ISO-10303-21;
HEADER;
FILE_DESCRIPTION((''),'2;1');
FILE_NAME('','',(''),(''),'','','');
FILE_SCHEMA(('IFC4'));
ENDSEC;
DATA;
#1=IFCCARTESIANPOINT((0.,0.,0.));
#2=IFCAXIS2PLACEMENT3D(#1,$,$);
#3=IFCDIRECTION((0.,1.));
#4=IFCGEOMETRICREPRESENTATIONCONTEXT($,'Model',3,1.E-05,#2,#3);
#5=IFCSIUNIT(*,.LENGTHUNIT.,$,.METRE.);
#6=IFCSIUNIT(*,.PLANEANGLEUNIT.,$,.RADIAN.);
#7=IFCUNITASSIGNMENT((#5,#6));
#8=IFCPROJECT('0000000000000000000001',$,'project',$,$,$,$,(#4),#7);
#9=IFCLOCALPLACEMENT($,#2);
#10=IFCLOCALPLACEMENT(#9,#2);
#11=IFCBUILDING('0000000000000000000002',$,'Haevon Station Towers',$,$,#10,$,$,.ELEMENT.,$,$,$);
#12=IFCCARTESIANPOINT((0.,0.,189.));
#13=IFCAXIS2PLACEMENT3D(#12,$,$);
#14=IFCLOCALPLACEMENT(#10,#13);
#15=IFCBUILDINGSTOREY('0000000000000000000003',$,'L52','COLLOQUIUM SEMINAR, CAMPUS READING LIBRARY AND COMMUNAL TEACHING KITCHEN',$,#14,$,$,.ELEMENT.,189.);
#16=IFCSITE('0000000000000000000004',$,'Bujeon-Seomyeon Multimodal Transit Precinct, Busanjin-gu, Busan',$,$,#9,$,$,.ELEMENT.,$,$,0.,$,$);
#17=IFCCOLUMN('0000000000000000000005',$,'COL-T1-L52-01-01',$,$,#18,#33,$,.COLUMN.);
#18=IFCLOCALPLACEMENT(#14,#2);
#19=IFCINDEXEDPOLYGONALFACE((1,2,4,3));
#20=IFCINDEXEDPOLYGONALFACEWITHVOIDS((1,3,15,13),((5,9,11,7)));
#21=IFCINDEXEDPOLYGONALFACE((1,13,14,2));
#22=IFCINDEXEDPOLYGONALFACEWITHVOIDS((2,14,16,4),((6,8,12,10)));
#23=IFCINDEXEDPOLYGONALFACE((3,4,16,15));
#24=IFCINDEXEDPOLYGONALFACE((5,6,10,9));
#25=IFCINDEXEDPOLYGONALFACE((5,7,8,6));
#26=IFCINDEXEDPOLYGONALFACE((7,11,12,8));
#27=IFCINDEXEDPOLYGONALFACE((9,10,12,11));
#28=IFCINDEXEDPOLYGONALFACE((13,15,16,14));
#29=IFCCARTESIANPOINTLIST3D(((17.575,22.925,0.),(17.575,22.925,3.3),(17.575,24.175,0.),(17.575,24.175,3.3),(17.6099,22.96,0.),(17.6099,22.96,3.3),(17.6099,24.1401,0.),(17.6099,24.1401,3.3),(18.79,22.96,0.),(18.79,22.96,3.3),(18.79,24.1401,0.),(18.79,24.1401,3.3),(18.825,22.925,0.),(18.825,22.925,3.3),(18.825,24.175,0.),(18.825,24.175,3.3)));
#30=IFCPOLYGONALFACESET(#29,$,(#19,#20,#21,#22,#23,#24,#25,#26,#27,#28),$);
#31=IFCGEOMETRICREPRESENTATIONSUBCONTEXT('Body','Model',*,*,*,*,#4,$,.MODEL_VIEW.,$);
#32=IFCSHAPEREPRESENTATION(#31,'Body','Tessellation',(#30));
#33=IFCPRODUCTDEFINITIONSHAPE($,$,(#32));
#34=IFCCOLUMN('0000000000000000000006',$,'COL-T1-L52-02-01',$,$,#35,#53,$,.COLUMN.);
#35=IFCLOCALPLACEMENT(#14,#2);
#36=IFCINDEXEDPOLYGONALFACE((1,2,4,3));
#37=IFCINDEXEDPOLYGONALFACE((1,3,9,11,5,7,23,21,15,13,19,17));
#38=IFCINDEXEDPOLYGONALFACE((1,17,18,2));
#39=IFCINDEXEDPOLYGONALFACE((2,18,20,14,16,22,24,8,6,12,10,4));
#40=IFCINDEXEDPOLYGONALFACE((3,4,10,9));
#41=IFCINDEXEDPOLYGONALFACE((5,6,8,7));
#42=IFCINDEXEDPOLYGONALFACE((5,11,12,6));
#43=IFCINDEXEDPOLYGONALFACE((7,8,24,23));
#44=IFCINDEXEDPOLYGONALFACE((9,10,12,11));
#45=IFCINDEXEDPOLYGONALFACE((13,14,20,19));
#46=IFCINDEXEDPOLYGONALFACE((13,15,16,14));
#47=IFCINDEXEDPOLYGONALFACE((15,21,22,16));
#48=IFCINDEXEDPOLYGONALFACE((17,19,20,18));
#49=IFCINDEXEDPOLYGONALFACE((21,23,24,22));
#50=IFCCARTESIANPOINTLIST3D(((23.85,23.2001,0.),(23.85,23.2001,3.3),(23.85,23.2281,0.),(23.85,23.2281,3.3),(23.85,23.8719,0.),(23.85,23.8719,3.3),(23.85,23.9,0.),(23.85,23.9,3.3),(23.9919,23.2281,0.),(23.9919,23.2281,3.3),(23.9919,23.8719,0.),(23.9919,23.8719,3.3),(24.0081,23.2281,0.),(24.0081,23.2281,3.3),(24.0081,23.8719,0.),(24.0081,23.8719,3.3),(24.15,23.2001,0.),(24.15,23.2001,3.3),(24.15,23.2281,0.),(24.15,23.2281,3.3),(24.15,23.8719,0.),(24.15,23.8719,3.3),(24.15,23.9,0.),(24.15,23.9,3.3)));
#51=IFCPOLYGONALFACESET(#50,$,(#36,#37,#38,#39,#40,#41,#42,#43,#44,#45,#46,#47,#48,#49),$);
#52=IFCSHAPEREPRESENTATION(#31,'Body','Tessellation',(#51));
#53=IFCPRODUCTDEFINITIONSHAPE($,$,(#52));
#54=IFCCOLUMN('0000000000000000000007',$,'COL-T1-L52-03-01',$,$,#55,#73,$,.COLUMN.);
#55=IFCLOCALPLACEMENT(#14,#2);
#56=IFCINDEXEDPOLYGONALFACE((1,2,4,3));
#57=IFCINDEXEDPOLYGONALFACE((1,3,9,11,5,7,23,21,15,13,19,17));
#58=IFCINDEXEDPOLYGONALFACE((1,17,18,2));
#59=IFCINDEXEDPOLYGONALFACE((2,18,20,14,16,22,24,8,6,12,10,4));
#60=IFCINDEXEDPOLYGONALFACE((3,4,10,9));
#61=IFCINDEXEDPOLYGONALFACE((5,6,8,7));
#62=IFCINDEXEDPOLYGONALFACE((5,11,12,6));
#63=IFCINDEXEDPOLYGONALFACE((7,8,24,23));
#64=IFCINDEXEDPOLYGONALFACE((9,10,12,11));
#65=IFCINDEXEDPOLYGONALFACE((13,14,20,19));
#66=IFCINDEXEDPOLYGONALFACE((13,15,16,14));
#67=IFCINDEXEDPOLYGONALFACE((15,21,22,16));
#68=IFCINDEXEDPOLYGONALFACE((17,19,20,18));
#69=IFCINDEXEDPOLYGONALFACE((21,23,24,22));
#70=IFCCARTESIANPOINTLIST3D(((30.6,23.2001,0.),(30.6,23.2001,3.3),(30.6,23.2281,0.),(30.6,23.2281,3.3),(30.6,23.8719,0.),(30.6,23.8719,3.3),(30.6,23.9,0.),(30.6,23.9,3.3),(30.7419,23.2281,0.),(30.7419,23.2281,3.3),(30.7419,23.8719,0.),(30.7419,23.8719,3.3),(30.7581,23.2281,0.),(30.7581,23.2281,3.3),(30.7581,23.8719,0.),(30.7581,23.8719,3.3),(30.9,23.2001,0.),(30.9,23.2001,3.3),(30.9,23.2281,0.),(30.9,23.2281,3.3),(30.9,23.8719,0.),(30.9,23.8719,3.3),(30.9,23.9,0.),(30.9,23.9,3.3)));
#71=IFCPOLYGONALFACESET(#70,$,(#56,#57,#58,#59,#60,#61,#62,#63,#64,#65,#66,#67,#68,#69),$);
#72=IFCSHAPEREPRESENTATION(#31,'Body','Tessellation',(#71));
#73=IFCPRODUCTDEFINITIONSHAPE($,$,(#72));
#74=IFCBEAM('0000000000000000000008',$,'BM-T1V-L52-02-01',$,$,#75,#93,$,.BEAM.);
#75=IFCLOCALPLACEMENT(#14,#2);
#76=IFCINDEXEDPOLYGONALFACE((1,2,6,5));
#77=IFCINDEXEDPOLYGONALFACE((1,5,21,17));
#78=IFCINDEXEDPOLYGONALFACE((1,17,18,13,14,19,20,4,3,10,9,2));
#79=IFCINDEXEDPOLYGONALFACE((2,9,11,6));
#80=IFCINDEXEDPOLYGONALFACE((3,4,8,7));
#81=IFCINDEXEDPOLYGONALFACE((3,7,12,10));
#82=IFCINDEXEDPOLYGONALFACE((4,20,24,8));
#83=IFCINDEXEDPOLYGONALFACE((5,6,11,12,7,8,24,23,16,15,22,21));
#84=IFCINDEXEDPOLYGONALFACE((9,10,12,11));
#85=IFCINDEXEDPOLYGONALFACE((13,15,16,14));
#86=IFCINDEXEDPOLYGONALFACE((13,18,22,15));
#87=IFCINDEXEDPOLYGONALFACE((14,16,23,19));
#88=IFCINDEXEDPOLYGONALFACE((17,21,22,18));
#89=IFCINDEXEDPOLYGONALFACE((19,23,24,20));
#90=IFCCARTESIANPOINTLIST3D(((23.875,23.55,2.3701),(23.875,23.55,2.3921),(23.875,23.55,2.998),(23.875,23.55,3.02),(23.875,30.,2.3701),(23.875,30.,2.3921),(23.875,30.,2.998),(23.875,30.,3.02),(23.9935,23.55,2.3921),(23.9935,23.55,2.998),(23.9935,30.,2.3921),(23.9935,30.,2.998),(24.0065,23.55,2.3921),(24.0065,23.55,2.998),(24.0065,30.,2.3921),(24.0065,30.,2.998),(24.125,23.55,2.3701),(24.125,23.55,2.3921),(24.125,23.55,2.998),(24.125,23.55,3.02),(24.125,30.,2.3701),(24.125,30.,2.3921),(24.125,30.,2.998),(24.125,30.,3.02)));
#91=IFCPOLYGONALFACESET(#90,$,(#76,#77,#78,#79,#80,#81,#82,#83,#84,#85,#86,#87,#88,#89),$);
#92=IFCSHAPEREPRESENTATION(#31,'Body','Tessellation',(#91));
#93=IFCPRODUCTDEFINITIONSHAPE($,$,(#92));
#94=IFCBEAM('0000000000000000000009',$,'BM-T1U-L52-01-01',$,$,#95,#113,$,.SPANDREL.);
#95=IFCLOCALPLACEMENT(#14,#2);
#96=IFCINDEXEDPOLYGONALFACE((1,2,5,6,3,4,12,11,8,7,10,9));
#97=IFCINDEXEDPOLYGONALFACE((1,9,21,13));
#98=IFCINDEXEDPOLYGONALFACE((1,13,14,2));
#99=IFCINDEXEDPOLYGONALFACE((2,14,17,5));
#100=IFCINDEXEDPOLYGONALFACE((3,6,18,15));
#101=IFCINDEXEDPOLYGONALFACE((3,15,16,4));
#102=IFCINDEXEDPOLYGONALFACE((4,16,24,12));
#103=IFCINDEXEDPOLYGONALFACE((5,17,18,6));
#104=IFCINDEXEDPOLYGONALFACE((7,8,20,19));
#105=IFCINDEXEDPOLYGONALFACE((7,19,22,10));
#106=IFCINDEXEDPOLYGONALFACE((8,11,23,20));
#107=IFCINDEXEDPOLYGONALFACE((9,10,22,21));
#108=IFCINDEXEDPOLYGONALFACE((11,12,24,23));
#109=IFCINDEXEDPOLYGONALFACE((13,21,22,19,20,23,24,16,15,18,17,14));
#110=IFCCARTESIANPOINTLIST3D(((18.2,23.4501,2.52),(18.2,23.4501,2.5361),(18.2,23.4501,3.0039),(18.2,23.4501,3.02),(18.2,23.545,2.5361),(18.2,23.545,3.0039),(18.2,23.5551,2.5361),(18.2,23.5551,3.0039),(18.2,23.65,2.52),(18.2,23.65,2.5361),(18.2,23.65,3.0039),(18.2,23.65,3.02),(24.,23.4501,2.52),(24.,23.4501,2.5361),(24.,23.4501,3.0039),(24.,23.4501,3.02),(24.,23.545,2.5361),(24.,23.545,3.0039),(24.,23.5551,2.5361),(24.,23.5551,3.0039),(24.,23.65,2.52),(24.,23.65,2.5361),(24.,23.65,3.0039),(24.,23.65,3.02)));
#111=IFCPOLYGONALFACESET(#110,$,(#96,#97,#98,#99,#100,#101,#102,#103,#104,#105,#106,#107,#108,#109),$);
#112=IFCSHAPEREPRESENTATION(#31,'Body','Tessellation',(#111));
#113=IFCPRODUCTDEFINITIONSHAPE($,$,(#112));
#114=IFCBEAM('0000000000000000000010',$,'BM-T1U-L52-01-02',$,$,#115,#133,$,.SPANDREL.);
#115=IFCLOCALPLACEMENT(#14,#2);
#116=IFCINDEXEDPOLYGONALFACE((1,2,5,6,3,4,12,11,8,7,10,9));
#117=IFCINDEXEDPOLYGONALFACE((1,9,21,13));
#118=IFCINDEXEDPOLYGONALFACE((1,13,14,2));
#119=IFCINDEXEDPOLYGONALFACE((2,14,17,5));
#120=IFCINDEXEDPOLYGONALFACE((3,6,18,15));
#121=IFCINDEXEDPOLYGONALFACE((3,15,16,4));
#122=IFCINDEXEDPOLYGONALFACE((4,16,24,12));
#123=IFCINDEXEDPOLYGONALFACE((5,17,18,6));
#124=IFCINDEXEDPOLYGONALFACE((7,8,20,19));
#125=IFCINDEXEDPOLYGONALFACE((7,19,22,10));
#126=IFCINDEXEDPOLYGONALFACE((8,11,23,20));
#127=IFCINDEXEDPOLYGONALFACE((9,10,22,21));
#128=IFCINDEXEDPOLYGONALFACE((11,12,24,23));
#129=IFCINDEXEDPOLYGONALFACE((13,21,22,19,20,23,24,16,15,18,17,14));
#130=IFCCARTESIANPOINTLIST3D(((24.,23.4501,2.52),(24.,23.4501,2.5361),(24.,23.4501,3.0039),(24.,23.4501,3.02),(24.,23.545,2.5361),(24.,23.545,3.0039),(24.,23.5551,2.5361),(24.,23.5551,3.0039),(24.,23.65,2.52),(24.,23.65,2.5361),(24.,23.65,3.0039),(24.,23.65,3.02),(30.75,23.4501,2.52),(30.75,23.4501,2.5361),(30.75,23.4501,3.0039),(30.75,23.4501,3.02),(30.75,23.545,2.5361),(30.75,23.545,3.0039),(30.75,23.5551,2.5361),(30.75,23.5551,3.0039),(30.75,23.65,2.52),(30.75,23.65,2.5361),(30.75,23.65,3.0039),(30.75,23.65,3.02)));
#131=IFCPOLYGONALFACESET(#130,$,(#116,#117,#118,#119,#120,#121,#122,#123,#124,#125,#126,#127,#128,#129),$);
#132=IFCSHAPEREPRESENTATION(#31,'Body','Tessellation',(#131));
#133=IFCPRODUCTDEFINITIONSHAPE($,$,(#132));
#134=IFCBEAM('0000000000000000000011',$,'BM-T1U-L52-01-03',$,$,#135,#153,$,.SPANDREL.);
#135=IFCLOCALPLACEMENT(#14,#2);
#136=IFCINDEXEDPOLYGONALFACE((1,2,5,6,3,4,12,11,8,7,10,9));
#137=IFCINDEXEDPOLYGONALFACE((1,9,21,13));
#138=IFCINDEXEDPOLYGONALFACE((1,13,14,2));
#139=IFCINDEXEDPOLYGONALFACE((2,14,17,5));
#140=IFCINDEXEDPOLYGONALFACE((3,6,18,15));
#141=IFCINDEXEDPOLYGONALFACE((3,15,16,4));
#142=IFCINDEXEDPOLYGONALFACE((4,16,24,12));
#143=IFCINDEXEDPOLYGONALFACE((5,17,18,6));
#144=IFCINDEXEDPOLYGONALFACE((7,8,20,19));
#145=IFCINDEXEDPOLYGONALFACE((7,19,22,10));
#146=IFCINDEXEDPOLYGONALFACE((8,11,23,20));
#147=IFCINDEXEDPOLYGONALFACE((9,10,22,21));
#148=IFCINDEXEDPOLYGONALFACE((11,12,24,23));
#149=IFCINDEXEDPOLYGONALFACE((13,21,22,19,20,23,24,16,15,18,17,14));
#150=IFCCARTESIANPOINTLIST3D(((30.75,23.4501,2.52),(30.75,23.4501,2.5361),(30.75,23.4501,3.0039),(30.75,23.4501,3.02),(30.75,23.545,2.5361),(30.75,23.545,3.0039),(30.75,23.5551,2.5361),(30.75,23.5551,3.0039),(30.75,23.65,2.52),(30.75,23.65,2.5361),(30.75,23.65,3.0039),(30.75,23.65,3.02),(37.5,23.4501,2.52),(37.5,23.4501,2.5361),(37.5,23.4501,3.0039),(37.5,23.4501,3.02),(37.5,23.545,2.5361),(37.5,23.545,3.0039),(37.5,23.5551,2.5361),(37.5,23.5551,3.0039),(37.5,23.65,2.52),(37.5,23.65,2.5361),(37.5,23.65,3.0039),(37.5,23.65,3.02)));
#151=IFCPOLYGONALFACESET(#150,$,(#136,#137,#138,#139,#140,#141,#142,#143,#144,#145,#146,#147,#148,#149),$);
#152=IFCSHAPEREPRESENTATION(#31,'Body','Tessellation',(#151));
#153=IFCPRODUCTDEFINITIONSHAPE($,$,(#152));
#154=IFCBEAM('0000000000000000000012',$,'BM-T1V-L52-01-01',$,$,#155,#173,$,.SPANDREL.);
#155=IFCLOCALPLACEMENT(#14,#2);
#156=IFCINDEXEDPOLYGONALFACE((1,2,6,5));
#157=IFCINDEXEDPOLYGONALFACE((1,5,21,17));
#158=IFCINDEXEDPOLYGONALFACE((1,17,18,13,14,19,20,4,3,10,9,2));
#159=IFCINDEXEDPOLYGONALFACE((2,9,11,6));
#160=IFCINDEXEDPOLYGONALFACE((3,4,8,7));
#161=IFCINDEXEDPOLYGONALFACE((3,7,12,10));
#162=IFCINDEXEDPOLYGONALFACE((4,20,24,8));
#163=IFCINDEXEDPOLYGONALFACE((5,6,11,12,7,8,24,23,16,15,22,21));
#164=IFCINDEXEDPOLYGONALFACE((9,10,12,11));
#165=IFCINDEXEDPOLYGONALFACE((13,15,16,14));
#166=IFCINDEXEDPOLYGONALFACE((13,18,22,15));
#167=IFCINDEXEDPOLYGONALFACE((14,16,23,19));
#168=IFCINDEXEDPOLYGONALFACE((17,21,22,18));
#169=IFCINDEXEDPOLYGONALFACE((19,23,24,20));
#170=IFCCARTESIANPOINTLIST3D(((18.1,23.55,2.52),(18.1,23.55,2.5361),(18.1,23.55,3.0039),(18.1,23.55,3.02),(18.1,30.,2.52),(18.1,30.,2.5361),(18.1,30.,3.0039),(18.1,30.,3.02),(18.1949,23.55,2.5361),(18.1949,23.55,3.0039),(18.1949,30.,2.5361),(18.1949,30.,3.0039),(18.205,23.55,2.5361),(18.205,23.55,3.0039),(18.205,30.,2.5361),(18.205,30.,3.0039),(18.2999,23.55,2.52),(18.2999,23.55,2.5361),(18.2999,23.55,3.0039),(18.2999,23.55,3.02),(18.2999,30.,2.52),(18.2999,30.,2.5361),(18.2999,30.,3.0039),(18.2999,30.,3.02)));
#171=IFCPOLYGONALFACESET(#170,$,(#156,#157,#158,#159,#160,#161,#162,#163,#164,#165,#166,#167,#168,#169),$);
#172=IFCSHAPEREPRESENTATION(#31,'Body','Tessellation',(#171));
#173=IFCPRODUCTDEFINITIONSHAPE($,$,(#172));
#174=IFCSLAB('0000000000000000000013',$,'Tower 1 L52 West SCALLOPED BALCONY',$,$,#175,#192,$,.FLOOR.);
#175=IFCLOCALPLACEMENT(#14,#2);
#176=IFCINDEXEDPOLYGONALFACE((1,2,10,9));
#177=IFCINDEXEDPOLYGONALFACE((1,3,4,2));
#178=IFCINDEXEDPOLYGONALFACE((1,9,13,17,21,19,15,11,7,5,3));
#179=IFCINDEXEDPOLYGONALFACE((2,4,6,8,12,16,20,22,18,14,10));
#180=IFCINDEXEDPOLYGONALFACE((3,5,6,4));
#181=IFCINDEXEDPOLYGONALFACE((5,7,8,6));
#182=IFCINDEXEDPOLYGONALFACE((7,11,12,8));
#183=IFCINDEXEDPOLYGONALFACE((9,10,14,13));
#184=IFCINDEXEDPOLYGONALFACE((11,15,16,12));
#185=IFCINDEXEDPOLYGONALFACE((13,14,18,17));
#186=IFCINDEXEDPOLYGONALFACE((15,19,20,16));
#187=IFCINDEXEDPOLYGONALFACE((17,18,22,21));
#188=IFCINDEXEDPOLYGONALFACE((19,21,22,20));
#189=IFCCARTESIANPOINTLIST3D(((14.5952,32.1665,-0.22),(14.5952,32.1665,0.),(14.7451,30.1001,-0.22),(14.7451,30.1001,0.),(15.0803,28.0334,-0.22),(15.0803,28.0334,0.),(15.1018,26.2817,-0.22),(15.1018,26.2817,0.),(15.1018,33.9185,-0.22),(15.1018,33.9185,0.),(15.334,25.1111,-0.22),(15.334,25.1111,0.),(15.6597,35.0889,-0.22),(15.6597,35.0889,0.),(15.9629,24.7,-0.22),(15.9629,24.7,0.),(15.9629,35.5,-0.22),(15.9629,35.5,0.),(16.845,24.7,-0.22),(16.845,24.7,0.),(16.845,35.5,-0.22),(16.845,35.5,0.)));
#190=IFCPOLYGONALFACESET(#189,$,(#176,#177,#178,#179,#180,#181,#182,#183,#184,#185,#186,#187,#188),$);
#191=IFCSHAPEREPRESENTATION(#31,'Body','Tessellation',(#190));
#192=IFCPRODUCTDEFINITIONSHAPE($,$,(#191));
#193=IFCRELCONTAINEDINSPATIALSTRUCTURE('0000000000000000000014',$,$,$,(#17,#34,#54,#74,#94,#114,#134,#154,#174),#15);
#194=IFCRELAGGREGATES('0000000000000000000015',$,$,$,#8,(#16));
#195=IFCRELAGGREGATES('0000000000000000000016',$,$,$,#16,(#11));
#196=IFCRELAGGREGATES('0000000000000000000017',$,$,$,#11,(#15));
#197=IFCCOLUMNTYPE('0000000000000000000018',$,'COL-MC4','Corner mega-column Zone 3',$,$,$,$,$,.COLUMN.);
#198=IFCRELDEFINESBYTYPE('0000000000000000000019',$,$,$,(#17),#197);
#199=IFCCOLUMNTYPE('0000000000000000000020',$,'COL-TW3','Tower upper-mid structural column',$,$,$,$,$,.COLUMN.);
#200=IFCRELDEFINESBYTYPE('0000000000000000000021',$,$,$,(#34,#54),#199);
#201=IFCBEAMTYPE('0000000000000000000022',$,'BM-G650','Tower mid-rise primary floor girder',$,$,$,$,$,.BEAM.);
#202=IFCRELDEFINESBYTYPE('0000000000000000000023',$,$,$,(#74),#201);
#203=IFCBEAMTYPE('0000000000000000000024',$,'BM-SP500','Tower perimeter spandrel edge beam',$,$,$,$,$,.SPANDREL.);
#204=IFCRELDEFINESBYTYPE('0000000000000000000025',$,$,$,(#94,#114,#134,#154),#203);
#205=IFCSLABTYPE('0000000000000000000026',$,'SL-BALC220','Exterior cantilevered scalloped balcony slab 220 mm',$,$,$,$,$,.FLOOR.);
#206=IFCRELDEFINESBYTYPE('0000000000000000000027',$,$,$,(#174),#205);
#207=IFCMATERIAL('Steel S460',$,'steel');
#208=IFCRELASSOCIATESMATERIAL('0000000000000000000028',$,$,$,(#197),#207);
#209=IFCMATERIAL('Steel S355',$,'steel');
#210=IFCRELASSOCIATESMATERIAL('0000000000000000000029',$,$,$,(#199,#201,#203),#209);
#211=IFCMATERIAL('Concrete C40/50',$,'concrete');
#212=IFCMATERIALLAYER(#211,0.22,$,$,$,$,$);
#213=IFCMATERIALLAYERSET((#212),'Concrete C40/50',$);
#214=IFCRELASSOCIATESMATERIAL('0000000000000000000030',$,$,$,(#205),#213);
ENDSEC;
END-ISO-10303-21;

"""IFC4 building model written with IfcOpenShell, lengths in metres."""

from ifc_helpers import new_model, si_unit, direction, frame, origin, origin_2d, place, context, subcontext, project, spatial, polyline, hollow_rectangle, i_section, outline, extrude, material, layer, layer_set, material_profile, profile_set, type_object, element, save


model = new_model("IFC4")

# Units and contexts
model_context = context("Model", 3, precision=1e-05, world=origin(), true_north=direction((0.0, 1.0)))
body_context = subcontext(model_context, "Body", "Model", "MODEL_VIEW")
ifc_project = project(units=[si_unit("LENGTHUNIT", "METRE"), si_unit("PLANEANGLEUNIT", "RADIAN")], contexts=[model_context])

# Site, building, storey
site_placement = place(None, origin())
site = spatial("IfcSite", under=ifc_project, at=site_placement, Name="Bujeon-Seomyeon Multimodal Transit Precinct, Busanjin-gu, Busan", CompositionType="ELEMENT", RefElevation=0.0)
building_placement = place(site_placement, origin())
building = spatial("IfcBuilding", under=site, at=building_placement, Name="Haevon Station Towers", CompositionType="ELEMENT")
storey_placement = place(building_placement, frame((0.0, 0.0, 189.0)))
storey = spatial("IfcBuildingStorey", under=building, at=storey_placement, Name="L52", Description="COLLOQUIUM SEMINAR, CAMPUS READING LIBRARY AND COMMUNAL TEACHING KITCHEN", CompositionType="ELEMENT", Elevation=189.0)

# Columns
ifc_material_1 = material(Name="Steel S460", Category="steel")
ifc_material_profile_1 = material_profile(ifc_material_1, hollow_rectangle(XDim=1.25, YDim=1.25, WallThickness=0.0349, at=origin_2d()), Name="BOX-1250x1250x35")
ifc_profile_set_1 = profile_set([ifc_material_profile_1], Name="Steel S460")
column_type_1 = type_object("IfcColumnType", Name="COL-MC4", Description="Corner mega-column Zone 3", PredefinedType="COLUMN", material=ifc_profile_set_1)
column_placement = place(storey_placement, frame((18.2, 23.55, 0.0), z_axis=(0.0, 0.0, 1.0), x_axis=(1.0, 0.0, 0.0)))
element("IfcColumn", 1, at=column_placement, inside=storey, type_object=column_type_1, Name="COL-T1-L52-01-01", PredefinedType="COLUMN", context=body_context, shape_type="SweptSolid", body=[
    extrude(hollow_rectangle(XDim=1.25, YDim=1.25, WallThickness=0.0349, at=origin_2d()), origin(), (0.0, 0.0, 1.0), 3.3),
])
ifc_material_2 = material(Name="Steel S355", Category="steel")
ifc_material_profile_2 = material_profile(ifc_material_2, i_section(OverallWidth=0.3, OverallDepth=0.7, WebThickness=0.0161, FlangeThickness=0.0281, at=origin_2d()), Name="H-700x300x16x28")
ifc_profile_set_2 = profile_set([ifc_material_profile_2], Name="Steel S355")
column_type_2 = type_object("IfcColumnType", Name="COL-TW3", Description="Tower upper-mid structural column", PredefinedType="COLUMN", material=ifc_profile_set_2)
for number, where, z_axis, x_axis, name in (
    (2, (24.0, 23.55, 0.0), (0.0, 0.0, 1.0), (1.0, 0.0, 0.0), "COL-T1-L52-02-01"),
    (3, (30.75, 23.55, 0.0), (0.0, 0.0, 1.0), (1.0, 0.0, 0.0), "COL-T1-L52-03-01"),
):
    element("IfcColumn", number, at=place(storey_placement, frame(where, z_axis=z_axis, x_axis=x_axis)), inside=storey, type_object=column_type_2, Name=name, PredefinedType="COLUMN", context=body_context, shape_type="SweptSolid", body=[
        extrude(i_section(OverallWidth=0.3, OverallDepth=0.7, WebThickness=0.0161, FlangeThickness=0.0281, at=origin_2d()), origin(), (0.0, 0.0, 1.0), 3.3),
    ])

# Beams
ifc_material_profile_3 = material_profile(ifc_material_2, i_section(OverallWidth=0.25, OverallDepth=0.6499, WebThickness=0.0129, FlangeThickness=0.022, at=origin_2d()), Name="H-650x250x13x22")
ifc_profile_set_3 = profile_set([ifc_material_profile_3], Name="Steel S355")
beam_type_1 = type_object("IfcBeamType", Name="BM-G650", Description="Tower mid-rise primary floor girder", PredefinedType="BEAM", material=ifc_profile_set_3)
beam_1_placement = place(storey_placement, frame((24.0, 23.55, 2.6951), z_axis=(0.0, 1.0, 0.0), x_axis=(-1.0, 0.0, 0.0)))
element("IfcBeam", 4, at=beam_1_placement, inside=storey, type_object=beam_type_1, Name="BM-T1V-L52-02-01", PredefinedType="BEAM", context=body_context, shape_type="SweptSolid", body=[
    extrude(i_section(OverallWidth=0.25, OverallDepth=0.6499, WebThickness=0.0129, FlangeThickness=0.022, at=origin_2d()), origin(), (0.0, 0.0, 1.0), 6.45),
])
ifc_material_profile_4 = material_profile(ifc_material_2, i_section(OverallWidth=0.2, OverallDepth=0.5, WebThickness=0.01, FlangeThickness=0.0161, at=origin_2d()), Name="H-500x200x10x16")
ifc_profile_set_4 = profile_set([ifc_material_profile_4], Name="Steel S355")
beam_type_2 = type_object("IfcBeamType", Name="BM-SP500", Description="Tower perimeter spandrel edge beam", PredefinedType="SPANDREL", material=ifc_profile_set_4)
beam_2_placement = place(storey_placement, frame((18.2, 23.55, 2.77), z_axis=(1.0, 0.0, 0.0), x_axis=(0.0, 1.0, 0.0)))
element("IfcBeam", 5, at=beam_2_placement, inside=storey, type_object=beam_type_2, Name="BM-T1U-L52-01-01", PredefinedType="SPANDREL", context=body_context, shape_type="SweptSolid", body=[
    extrude(i_section(OverallWidth=0.2, OverallDepth=0.5, WebThickness=0.01, FlangeThickness=0.0161, at=origin_2d()), origin(), (0.0, 0.0, 1.0), 5.8),
])
for number, where, z_axis, x_axis, name in (
    (6, (24.0, 23.55, 2.77), (1.0, 0.0, 0.0), (0.0, 1.0, 0.0), "BM-T1U-L52-01-02"),
    (7, (30.75, 23.55, 2.77), (1.0, 0.0, 0.0), (0.0, 1.0, 0.0), "BM-T1U-L52-01-03"),
):
    element("IfcBeam", number, at=place(storey_placement, frame(where, z_axis=z_axis, x_axis=x_axis)), inside=storey, type_object=beam_type_2, Name=name, PredefinedType="SPANDREL", context=body_context, shape_type="SweptSolid", body=[
        extrude(i_section(OverallWidth=0.2, OverallDepth=0.5, WebThickness=0.01, FlangeThickness=0.0161, at=origin_2d()), origin(), (0.0, 0.0, 1.0), 6.75),
    ])
beam_3_placement = place(storey_placement, frame((18.2, 23.55, 2.77), z_axis=(0.0, 1.0, 0.0), x_axis=(-1.0, 0.0, 0.0)))
element("IfcBeam", 8, at=beam_3_placement, inside=storey, type_object=beam_type_2, Name="BM-T1V-L52-01-01", PredefinedType="SPANDREL", context=body_context, shape_type="SweptSolid", body=[
    extrude(i_section(OverallWidth=0.2, OverallDepth=0.5, WebThickness=0.01, FlangeThickness=0.0161, at=origin_2d()), origin(), (0.0, 0.0, 1.0), 6.45),
])

# Slab
ifc_material_3 = material(Name="Concrete C40/50", Category="concrete")
ifc_layer_1 = layer(ifc_material_3, 0.22)
ifc_layer_set_1 = layer_set([ifc_layer_1], Name="Concrete C40/50")
slab_type_1 = type_object("IfcSlabType", Name="SL-BALC220", Description="Exterior cantilevered scalloped balcony slab 220 mm", PredefinedType="FLOOR", material=ifc_layer_set_1)
slab_1_placement = place(storey_placement, frame((0.0, 0.0, -0.22)))
element("IfcSlab", 9, at=slab_1_placement, inside=storey, type_object=slab_type_1, Name="Tower 1 L52 West SCALLOPED BALCONY", PredefinedType="FLOOR", context=body_context, shape_type="SweptSolid", body=[
    extrude(outline(polyline([(16.845, 35.5), (15.9629, 35.5), (15.6597, 35.0889), (15.1018, 33.9185), (14.5952, 32.1665), (14.7451, 30.1001), (15.0803, 28.0334), (15.1018, 26.2817), (15.334, 25.1111), (15.9629, 24.7), (16.845, 24.7), (16.845, 35.5)])), origin(), (0.0, 0.0, 1.0), 0.22),
])

save(model, "model.ifc")
